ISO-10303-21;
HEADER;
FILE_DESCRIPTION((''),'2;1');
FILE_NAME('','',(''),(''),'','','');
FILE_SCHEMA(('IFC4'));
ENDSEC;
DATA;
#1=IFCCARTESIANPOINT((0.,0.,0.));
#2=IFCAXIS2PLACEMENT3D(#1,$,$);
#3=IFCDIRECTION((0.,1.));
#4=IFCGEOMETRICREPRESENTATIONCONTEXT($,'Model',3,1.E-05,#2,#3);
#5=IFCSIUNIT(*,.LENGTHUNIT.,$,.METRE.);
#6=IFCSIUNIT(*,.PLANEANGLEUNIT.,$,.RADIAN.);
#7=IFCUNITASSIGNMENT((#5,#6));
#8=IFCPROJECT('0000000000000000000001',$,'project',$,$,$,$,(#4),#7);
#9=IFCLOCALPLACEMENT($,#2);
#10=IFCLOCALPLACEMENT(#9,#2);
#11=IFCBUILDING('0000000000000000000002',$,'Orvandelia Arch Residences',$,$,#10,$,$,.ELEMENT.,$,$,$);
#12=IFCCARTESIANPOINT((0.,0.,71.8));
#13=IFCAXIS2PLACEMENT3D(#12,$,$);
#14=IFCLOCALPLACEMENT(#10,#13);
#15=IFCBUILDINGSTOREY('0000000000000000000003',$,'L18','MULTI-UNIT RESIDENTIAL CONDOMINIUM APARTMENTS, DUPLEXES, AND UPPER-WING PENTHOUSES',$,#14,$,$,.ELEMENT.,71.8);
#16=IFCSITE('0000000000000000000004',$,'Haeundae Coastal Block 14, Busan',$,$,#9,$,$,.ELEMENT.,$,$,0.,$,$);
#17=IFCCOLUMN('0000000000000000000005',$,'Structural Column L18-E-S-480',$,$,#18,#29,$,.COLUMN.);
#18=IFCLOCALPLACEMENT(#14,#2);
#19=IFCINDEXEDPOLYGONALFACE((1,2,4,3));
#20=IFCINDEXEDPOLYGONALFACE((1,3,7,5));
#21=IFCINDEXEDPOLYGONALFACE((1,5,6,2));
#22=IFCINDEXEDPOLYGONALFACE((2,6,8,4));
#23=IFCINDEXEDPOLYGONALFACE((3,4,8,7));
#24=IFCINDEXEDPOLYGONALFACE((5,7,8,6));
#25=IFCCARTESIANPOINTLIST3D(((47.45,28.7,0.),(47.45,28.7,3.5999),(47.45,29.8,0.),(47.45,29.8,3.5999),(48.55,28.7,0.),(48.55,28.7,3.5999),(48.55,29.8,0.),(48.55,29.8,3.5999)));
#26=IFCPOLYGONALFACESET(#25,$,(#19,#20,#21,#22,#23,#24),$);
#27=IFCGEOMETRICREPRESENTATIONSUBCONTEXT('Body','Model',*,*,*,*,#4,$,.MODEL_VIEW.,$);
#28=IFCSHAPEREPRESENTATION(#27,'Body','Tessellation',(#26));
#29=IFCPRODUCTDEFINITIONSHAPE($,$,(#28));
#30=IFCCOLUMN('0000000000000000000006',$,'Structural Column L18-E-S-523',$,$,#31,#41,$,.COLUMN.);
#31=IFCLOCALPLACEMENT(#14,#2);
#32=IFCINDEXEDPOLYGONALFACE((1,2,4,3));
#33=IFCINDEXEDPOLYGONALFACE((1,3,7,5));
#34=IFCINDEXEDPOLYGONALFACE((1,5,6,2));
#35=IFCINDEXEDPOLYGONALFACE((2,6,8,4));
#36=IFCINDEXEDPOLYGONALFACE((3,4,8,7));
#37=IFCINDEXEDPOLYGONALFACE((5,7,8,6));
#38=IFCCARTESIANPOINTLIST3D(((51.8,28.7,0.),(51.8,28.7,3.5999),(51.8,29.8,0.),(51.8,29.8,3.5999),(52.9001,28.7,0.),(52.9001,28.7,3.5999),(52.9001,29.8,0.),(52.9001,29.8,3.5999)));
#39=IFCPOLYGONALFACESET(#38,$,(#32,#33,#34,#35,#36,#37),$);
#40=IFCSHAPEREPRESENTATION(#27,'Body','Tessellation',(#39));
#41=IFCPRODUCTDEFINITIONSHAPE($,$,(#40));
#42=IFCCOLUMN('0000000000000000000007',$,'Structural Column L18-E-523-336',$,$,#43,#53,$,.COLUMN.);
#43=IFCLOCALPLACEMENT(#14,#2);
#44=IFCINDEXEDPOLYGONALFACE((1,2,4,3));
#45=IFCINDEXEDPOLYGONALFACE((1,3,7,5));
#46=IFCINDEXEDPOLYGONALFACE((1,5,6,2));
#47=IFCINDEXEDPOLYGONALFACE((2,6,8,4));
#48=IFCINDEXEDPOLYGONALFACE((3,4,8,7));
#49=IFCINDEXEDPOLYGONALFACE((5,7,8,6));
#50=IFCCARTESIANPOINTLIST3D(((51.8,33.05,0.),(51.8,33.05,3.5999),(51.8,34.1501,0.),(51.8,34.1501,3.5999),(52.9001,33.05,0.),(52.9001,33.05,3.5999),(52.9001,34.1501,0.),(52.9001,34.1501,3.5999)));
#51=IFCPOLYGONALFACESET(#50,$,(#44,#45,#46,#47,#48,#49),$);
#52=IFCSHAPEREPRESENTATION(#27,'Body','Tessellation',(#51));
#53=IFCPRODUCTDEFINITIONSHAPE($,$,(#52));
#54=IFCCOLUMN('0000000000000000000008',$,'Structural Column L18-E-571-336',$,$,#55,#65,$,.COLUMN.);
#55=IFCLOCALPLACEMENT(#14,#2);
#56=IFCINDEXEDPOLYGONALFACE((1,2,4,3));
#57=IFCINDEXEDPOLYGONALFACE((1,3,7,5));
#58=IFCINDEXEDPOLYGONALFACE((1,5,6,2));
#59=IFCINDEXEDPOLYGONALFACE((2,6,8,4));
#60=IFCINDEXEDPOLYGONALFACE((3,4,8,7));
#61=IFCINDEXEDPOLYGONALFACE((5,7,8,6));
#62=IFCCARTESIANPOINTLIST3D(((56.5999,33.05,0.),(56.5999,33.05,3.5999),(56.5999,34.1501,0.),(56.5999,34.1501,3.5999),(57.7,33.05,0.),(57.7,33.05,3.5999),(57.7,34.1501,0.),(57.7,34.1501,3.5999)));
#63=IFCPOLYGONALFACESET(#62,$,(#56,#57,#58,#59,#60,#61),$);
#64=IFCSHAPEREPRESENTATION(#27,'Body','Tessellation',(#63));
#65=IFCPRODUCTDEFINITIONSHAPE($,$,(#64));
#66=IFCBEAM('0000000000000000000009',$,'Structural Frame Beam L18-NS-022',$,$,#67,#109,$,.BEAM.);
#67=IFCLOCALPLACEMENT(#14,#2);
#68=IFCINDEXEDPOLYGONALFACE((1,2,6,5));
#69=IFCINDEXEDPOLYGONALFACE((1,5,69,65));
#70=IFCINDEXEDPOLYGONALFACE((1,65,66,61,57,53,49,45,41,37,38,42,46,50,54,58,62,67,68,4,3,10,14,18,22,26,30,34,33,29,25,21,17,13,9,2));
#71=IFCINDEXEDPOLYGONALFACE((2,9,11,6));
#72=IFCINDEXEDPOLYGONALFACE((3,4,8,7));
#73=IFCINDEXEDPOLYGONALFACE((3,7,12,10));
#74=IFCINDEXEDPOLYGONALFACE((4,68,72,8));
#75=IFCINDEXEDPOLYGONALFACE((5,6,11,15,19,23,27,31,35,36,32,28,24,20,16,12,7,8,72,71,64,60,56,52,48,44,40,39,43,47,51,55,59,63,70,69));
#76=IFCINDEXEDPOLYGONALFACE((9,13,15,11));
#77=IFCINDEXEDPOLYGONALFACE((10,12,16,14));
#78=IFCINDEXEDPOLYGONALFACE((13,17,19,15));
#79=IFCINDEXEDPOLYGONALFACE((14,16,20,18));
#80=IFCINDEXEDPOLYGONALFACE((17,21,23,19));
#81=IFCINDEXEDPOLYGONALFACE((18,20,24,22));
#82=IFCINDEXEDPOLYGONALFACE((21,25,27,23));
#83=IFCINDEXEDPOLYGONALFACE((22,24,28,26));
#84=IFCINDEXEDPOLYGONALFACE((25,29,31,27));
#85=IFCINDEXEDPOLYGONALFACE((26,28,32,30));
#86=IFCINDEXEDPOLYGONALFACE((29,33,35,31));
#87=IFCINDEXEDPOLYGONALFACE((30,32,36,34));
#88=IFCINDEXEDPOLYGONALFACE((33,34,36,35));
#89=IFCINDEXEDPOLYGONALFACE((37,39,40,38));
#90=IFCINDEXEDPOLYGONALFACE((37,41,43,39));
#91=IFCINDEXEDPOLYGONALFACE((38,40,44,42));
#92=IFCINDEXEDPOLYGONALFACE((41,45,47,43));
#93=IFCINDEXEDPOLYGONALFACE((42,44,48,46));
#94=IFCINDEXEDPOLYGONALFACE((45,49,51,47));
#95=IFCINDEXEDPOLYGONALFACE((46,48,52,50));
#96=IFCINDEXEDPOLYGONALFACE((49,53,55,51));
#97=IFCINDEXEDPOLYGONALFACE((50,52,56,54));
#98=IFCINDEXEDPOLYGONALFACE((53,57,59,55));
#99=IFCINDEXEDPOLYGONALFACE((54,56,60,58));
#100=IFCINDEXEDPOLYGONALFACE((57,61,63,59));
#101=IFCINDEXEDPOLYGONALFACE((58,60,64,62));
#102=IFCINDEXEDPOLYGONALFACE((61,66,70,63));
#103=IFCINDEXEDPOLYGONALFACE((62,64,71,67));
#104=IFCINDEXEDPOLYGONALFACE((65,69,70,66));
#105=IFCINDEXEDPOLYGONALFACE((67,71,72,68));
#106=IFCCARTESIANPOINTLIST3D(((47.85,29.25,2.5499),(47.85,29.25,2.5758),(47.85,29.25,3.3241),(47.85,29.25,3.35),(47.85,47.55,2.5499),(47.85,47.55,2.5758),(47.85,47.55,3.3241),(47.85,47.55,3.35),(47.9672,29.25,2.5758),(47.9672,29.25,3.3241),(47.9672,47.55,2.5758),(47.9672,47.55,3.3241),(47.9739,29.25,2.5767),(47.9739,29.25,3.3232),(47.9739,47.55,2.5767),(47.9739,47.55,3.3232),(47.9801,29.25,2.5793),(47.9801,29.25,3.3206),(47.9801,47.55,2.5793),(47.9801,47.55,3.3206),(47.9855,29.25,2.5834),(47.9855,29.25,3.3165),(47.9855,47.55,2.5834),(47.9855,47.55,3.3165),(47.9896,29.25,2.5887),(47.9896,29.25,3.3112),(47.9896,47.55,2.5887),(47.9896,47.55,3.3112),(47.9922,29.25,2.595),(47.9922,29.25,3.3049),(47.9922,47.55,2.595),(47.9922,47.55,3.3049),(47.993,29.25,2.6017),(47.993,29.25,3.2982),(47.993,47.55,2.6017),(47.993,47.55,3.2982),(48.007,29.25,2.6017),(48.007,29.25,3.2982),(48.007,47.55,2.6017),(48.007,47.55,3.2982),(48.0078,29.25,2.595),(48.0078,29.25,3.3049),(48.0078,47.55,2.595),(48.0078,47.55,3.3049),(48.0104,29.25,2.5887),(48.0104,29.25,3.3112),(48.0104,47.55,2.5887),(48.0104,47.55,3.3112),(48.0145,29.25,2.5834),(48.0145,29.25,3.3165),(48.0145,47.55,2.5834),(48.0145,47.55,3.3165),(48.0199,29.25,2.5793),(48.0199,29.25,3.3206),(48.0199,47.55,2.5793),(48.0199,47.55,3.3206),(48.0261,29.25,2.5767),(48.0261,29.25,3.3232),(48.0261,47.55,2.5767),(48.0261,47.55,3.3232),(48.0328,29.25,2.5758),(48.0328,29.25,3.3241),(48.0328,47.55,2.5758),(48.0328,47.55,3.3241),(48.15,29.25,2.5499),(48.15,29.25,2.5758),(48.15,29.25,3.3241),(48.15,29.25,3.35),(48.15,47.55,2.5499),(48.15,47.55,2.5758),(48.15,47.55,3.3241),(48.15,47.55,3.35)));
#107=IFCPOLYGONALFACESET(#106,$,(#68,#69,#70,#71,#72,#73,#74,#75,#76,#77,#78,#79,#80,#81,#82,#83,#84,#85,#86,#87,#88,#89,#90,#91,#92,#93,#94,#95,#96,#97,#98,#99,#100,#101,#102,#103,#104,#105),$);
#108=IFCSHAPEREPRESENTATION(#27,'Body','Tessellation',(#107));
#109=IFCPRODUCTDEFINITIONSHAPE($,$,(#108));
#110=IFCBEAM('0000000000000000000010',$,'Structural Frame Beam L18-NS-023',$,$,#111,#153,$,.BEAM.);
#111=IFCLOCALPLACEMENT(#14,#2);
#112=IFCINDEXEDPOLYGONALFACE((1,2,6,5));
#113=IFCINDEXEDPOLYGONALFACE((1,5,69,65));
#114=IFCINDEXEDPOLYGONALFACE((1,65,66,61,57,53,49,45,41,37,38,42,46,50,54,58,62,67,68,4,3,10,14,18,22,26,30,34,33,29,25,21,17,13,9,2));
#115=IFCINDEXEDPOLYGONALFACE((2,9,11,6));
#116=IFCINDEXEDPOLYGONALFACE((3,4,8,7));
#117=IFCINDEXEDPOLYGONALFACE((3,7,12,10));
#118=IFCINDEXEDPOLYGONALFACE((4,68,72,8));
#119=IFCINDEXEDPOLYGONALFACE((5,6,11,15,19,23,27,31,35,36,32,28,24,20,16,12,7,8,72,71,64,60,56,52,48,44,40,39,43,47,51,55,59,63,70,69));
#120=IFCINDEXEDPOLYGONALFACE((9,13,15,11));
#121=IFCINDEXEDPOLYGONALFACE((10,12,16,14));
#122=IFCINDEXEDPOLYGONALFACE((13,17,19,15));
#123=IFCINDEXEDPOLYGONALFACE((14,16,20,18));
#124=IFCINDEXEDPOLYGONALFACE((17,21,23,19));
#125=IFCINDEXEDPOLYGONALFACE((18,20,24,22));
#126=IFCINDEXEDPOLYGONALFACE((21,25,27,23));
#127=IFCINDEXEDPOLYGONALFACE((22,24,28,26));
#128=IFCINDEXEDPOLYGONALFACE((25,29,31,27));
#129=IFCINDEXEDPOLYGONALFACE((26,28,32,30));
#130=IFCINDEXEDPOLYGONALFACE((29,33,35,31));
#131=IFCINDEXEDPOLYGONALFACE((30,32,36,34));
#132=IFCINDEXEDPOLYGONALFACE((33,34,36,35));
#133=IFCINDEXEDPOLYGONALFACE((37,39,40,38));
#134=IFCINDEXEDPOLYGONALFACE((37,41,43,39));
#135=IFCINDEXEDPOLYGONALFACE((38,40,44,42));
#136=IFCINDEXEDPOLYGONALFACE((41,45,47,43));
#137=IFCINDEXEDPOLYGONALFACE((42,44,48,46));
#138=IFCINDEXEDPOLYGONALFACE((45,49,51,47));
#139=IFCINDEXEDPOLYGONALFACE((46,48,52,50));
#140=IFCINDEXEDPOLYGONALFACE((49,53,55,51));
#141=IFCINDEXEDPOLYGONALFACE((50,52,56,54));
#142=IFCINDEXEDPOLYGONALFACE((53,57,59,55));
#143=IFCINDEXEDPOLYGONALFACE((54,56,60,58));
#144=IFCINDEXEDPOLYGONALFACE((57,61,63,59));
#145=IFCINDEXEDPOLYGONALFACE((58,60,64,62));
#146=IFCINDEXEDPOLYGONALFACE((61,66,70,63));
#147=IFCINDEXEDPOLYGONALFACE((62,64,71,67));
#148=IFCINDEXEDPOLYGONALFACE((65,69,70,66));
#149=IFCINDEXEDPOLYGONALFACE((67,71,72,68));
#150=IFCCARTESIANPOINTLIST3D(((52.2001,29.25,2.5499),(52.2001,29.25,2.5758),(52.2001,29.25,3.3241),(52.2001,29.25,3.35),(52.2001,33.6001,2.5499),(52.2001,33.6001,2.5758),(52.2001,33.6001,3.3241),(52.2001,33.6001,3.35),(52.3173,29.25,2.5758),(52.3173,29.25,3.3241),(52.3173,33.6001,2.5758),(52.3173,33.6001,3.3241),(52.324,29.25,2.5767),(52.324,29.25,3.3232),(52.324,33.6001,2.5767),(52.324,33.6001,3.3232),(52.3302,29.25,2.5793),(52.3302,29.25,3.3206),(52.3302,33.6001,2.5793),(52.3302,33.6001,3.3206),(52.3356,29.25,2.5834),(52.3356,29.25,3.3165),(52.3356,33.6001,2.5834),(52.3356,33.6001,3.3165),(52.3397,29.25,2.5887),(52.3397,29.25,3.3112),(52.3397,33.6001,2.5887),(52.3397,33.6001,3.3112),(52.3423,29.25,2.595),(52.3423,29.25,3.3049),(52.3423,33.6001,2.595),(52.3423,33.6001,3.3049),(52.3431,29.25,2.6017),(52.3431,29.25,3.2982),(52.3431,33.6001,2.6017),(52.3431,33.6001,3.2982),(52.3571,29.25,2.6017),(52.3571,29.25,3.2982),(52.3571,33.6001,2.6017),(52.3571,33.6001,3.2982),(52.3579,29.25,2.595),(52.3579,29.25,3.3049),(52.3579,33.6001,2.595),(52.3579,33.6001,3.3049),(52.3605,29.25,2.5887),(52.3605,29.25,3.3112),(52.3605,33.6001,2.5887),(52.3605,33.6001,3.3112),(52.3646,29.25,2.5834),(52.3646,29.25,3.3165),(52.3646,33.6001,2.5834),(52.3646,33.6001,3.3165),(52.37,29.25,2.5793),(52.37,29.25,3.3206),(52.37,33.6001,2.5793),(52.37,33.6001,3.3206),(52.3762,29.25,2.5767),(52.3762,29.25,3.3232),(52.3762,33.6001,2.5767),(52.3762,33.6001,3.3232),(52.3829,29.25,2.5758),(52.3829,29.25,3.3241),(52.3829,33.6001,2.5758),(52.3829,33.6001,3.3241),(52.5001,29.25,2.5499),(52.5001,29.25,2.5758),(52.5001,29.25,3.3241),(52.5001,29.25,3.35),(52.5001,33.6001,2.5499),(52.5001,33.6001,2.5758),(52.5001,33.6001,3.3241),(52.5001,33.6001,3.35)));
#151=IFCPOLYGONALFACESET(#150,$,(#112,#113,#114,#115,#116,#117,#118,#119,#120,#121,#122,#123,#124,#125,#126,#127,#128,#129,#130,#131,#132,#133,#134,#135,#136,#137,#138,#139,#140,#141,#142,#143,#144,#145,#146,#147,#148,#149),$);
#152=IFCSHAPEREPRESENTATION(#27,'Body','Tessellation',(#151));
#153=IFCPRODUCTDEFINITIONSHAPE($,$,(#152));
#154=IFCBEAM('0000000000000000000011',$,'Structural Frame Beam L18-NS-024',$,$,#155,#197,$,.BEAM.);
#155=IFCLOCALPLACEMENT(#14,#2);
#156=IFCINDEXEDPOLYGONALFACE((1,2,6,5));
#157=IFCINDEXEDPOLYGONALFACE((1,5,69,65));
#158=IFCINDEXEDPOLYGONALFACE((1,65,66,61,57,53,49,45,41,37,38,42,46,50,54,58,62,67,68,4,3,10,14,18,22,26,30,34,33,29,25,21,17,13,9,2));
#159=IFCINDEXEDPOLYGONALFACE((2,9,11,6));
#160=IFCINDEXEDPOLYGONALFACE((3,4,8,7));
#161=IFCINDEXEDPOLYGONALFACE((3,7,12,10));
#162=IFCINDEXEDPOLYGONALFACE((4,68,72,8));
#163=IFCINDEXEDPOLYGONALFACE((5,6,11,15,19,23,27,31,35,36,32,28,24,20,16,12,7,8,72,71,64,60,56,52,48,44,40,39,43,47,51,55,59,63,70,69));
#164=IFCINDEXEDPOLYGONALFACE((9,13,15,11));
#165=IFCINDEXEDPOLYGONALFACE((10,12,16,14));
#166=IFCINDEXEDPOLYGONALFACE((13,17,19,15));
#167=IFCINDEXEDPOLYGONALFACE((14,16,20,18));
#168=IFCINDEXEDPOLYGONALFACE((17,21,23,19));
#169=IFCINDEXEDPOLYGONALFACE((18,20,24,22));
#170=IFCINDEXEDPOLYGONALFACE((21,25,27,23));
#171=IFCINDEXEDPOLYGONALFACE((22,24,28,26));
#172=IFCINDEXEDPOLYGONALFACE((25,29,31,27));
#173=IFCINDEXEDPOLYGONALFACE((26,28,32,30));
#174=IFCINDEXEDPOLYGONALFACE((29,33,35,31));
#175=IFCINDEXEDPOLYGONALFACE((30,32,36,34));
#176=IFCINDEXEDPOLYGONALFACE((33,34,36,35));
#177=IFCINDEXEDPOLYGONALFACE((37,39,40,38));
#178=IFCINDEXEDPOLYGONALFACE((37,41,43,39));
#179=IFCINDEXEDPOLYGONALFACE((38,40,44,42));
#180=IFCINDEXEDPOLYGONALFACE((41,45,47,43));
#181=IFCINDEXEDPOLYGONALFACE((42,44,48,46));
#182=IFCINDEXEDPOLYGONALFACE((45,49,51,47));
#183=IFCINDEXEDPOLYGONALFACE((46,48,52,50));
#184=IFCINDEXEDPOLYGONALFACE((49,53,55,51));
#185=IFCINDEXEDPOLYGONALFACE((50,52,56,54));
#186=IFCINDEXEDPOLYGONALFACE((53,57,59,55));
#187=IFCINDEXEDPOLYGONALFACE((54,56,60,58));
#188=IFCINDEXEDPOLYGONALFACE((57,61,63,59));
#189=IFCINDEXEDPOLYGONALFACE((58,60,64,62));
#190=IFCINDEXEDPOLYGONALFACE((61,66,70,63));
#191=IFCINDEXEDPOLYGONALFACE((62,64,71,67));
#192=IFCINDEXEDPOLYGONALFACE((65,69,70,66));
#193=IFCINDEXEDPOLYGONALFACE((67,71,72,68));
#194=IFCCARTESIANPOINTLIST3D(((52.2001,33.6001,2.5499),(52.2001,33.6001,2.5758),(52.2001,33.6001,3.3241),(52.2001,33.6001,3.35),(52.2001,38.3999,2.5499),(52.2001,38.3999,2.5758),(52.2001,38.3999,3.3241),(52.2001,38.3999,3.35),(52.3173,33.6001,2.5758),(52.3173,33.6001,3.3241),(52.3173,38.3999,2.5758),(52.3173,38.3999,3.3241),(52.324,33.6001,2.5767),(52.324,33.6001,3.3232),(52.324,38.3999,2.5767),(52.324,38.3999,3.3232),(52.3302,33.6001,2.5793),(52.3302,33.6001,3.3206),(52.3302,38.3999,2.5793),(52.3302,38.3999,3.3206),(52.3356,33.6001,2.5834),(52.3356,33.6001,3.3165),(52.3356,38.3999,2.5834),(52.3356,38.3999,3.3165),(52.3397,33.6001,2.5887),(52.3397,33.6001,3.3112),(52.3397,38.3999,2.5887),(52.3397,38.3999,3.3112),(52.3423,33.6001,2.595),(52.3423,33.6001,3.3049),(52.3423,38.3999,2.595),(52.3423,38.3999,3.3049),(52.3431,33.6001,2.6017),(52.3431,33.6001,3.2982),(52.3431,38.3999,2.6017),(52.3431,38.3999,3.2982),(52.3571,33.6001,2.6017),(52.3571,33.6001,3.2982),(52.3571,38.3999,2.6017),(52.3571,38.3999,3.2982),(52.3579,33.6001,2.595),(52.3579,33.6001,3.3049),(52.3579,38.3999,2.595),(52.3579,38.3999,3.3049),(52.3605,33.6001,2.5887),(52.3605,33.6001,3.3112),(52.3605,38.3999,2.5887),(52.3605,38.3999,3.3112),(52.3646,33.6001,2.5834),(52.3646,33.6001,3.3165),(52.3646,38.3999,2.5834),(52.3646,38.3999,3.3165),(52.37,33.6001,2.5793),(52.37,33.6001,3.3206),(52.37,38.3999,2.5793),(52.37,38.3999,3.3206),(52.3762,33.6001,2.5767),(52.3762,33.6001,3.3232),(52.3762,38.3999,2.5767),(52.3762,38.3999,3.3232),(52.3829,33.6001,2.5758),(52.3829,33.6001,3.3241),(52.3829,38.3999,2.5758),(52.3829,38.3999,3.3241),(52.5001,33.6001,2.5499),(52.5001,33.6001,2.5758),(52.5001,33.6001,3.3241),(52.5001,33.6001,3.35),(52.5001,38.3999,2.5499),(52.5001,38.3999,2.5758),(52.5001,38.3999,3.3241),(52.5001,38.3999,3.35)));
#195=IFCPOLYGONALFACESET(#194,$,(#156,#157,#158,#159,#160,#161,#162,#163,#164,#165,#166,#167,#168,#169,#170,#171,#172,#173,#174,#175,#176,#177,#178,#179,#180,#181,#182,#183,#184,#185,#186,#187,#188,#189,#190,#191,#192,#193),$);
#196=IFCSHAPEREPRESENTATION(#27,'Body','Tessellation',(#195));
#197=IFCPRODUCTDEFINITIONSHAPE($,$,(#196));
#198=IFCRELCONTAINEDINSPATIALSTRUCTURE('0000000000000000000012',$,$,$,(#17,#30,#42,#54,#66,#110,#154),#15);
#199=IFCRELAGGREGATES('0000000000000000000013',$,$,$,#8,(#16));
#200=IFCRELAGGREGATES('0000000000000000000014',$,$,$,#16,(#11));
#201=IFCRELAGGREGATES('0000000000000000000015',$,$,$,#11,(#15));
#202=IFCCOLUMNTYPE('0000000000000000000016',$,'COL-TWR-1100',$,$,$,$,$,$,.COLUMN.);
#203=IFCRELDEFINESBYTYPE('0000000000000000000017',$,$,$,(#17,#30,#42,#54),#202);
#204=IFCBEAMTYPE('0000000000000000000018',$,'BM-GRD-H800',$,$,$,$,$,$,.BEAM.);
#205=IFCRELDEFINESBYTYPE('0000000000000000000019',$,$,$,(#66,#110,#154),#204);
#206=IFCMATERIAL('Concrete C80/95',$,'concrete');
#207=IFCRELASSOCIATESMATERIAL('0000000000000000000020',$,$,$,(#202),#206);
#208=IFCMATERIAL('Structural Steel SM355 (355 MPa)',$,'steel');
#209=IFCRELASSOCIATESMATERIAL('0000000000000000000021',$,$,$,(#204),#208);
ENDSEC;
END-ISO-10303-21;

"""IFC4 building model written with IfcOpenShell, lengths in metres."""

from ifc_helpers import new_model, si_unit, direction, frame, origin, origin_2d, place, context, subcontext, project, spatial, rectangle, i_section, extrude, material, material_profile, profile_set, type_object, element, save


model = new_model("IFC4")

# Units and contexts
model_context = context("Model", 3, precision=1e-05, world=origin(), true_north=direction((0.0, 1.0)))
body_context = subcontext(model_context, "Body", "Model", "MODEL_VIEW")
ifc_project = project(units=[si_unit("LENGTHUNIT", "METRE"), si_unit("PLANEANGLEUNIT", "RADIAN")], contexts=[model_context])

# Site, building, storey
site_placement = place(None, origin())
site = spatial("IfcSite", under=ifc_project, at=site_placement, Name="Haeundae Coastal Block 14, Busan", CompositionType="ELEMENT", RefElevation=0.0)
building_placement = place(site_placement, origin())
building = spatial("IfcBuilding", under=site, at=building_placement, Name="Orvandelia Arch Residences", CompositionType="ELEMENT")
storey_placement = place(building_placement, frame((0.0, 0.0, 71.8)))
storey = spatial("IfcBuildingStorey", under=building, at=storey_placement, Name="L18", Description="MULTI-UNIT RESIDENTIAL CONDOMINIUM APARTMENTS, DUPLEXES, AND UPPER-WING PENTHOUSES", CompositionType="ELEMENT", Elevation=71.8)

# Columns
ifc_material_1 = material(Name="Concrete C80/95", Category="concrete")
ifc_material_profile_1 = material_profile(ifc_material_1, rectangle(XDim=1.1001, YDim=1.1001, at=origin_2d()), Name="Concrete C80/95", Category="concrete")
ifc_profile_set_1 = profile_set([ifc_material_profile_1], Name="Concrete C80/95")
column_type = type_object("IfcColumnType", Name="COL-TWR-1100", PredefinedType="COLUMN", material=ifc_profile_set_1)
for number, where, z_axis, x_axis, name in (
    (1, (48.0, 29.25, 0.0), (0.0, 0.0, 1.0), (1.0, 0.0, 0.0), "Structural Column L18-E-S-480"),
    (2, (52.3501, 29.25, 0.0), (0.0, 0.0, 1.0), (1.0, 0.0, 0.0), "Structural Column L18-E-S-523"),
    (3, (52.3501, 33.6001, 0.0), (0.0, 0.0, 1.0), (1.0, 0.0, 0.0), "Structural Column L18-E-523-336"),
    (4, (57.1499, 33.6001, 0.0), (0.0, 0.0, 1.0), (1.0, 0.0, 0.0), "Structural Column L18-E-571-336"),
):
    element("IfcColumn", number, at=place(storey_placement, frame(where, z_axis=z_axis, x_axis=x_axis)), inside=storey, type_object=column_type, Name=name, PredefinedType="COLUMN", context=body_context, shape_type="SweptSolid", body=[
        extrude(rectangle(XDim=1.1001, YDim=1.1001, at=origin_2d()), origin(), (0.0, 0.0, 1.0), 3.5999),
    ])

# Beams
ifc_material_2 = material(Name="Structural Steel SM355 (355 MPa)", Category="steel")
ifc_material_profile_2 = material_profile(ifc_material_2, i_section(OverallWidth=0.3, OverallDepth=0.8, WebThickness=0.0139, FlangeThickness=0.0259, FilletRadius=0.0259, at=origin_2d()), Name="Structural Steel SM355 (355 MPa)", Category="steel")
ifc_profile_set_2 = profile_set([ifc_material_profile_2], Name="Structural Steel SM355 (355 MPa)")
beam_type = type_object("IfcBeamType", Name="BM-GRD-H800", PredefinedType="BEAM", material=ifc_profile_set_2)
beam_1_placement = place(storey_placement, frame((48.0, 29.25, 2.95), z_axis=(0.0, 1.0, 0.0), x_axis=(-1.0, 0.0, 0.0)))
element("IfcBeam", 5, at=beam_1_placement, inside=storey, type_object=beam_type, Name="Structural Frame Beam L18-NS-022", PredefinedType="BEAM", context=body_context, shape_type="SweptSolid", body=[
    extrude(i_section(OverallWidth=0.3, OverallDepth=0.8, WebThickness=0.0139, FlangeThickness=0.0259, FilletRadius=0.0259, at=origin_2d()), origin(), (0.0, 0.0, 1.0), 18.3),
])
beam_2_placement = place(storey_placement, frame((52.3501, 29.25, 2.95), z_axis=(0.0, 1.0, 0.0), x_axis=(-1.0, 0.0, 0.0)))
element("IfcBeam", 6, at=beam_2_placement, inside=storey, type_object=beam_type, Name="Structural Frame Beam L18-NS-023", PredefinedType="BEAM", context=body_context, shape_type="SweptSolid", body=[
    extrude(i_section(OverallWidth=0.3, OverallDepth=0.8, WebThickness=0.0139, FlangeThickness=0.0259, FilletRadius=0.0259, at=origin_2d()), origin(), (0.0, 0.0, 1.0), 4.3501),
])
for number, where, z_axis, x_axis, name in (
    (7, (52.3501, 33.6001, 2.95), (0.0, 1.0, 0.0), (-1.0, 0.0, 0.0), "Structural Frame Beam L18-NS-024"),
):
    element("IfcBeam", number, at=place(storey_placement, frame(where, z_axis=z_axis, x_axis=x_axis)), inside=storey, type_object=beam_type, Name=name, PredefinedType="BEAM", context=body_context, shape_type="SweptSolid", body=[
        extrude(i_section(OverallWidth=0.3, OverallDepth=0.8, WebThickness=0.0139, FlangeThickness=0.0259, FilletRadius=0.0259, at=origin_2d()), origin(), (0.0, 0.0, 1.0), 4.7998),
    ])

save(model, "model.ifc")
